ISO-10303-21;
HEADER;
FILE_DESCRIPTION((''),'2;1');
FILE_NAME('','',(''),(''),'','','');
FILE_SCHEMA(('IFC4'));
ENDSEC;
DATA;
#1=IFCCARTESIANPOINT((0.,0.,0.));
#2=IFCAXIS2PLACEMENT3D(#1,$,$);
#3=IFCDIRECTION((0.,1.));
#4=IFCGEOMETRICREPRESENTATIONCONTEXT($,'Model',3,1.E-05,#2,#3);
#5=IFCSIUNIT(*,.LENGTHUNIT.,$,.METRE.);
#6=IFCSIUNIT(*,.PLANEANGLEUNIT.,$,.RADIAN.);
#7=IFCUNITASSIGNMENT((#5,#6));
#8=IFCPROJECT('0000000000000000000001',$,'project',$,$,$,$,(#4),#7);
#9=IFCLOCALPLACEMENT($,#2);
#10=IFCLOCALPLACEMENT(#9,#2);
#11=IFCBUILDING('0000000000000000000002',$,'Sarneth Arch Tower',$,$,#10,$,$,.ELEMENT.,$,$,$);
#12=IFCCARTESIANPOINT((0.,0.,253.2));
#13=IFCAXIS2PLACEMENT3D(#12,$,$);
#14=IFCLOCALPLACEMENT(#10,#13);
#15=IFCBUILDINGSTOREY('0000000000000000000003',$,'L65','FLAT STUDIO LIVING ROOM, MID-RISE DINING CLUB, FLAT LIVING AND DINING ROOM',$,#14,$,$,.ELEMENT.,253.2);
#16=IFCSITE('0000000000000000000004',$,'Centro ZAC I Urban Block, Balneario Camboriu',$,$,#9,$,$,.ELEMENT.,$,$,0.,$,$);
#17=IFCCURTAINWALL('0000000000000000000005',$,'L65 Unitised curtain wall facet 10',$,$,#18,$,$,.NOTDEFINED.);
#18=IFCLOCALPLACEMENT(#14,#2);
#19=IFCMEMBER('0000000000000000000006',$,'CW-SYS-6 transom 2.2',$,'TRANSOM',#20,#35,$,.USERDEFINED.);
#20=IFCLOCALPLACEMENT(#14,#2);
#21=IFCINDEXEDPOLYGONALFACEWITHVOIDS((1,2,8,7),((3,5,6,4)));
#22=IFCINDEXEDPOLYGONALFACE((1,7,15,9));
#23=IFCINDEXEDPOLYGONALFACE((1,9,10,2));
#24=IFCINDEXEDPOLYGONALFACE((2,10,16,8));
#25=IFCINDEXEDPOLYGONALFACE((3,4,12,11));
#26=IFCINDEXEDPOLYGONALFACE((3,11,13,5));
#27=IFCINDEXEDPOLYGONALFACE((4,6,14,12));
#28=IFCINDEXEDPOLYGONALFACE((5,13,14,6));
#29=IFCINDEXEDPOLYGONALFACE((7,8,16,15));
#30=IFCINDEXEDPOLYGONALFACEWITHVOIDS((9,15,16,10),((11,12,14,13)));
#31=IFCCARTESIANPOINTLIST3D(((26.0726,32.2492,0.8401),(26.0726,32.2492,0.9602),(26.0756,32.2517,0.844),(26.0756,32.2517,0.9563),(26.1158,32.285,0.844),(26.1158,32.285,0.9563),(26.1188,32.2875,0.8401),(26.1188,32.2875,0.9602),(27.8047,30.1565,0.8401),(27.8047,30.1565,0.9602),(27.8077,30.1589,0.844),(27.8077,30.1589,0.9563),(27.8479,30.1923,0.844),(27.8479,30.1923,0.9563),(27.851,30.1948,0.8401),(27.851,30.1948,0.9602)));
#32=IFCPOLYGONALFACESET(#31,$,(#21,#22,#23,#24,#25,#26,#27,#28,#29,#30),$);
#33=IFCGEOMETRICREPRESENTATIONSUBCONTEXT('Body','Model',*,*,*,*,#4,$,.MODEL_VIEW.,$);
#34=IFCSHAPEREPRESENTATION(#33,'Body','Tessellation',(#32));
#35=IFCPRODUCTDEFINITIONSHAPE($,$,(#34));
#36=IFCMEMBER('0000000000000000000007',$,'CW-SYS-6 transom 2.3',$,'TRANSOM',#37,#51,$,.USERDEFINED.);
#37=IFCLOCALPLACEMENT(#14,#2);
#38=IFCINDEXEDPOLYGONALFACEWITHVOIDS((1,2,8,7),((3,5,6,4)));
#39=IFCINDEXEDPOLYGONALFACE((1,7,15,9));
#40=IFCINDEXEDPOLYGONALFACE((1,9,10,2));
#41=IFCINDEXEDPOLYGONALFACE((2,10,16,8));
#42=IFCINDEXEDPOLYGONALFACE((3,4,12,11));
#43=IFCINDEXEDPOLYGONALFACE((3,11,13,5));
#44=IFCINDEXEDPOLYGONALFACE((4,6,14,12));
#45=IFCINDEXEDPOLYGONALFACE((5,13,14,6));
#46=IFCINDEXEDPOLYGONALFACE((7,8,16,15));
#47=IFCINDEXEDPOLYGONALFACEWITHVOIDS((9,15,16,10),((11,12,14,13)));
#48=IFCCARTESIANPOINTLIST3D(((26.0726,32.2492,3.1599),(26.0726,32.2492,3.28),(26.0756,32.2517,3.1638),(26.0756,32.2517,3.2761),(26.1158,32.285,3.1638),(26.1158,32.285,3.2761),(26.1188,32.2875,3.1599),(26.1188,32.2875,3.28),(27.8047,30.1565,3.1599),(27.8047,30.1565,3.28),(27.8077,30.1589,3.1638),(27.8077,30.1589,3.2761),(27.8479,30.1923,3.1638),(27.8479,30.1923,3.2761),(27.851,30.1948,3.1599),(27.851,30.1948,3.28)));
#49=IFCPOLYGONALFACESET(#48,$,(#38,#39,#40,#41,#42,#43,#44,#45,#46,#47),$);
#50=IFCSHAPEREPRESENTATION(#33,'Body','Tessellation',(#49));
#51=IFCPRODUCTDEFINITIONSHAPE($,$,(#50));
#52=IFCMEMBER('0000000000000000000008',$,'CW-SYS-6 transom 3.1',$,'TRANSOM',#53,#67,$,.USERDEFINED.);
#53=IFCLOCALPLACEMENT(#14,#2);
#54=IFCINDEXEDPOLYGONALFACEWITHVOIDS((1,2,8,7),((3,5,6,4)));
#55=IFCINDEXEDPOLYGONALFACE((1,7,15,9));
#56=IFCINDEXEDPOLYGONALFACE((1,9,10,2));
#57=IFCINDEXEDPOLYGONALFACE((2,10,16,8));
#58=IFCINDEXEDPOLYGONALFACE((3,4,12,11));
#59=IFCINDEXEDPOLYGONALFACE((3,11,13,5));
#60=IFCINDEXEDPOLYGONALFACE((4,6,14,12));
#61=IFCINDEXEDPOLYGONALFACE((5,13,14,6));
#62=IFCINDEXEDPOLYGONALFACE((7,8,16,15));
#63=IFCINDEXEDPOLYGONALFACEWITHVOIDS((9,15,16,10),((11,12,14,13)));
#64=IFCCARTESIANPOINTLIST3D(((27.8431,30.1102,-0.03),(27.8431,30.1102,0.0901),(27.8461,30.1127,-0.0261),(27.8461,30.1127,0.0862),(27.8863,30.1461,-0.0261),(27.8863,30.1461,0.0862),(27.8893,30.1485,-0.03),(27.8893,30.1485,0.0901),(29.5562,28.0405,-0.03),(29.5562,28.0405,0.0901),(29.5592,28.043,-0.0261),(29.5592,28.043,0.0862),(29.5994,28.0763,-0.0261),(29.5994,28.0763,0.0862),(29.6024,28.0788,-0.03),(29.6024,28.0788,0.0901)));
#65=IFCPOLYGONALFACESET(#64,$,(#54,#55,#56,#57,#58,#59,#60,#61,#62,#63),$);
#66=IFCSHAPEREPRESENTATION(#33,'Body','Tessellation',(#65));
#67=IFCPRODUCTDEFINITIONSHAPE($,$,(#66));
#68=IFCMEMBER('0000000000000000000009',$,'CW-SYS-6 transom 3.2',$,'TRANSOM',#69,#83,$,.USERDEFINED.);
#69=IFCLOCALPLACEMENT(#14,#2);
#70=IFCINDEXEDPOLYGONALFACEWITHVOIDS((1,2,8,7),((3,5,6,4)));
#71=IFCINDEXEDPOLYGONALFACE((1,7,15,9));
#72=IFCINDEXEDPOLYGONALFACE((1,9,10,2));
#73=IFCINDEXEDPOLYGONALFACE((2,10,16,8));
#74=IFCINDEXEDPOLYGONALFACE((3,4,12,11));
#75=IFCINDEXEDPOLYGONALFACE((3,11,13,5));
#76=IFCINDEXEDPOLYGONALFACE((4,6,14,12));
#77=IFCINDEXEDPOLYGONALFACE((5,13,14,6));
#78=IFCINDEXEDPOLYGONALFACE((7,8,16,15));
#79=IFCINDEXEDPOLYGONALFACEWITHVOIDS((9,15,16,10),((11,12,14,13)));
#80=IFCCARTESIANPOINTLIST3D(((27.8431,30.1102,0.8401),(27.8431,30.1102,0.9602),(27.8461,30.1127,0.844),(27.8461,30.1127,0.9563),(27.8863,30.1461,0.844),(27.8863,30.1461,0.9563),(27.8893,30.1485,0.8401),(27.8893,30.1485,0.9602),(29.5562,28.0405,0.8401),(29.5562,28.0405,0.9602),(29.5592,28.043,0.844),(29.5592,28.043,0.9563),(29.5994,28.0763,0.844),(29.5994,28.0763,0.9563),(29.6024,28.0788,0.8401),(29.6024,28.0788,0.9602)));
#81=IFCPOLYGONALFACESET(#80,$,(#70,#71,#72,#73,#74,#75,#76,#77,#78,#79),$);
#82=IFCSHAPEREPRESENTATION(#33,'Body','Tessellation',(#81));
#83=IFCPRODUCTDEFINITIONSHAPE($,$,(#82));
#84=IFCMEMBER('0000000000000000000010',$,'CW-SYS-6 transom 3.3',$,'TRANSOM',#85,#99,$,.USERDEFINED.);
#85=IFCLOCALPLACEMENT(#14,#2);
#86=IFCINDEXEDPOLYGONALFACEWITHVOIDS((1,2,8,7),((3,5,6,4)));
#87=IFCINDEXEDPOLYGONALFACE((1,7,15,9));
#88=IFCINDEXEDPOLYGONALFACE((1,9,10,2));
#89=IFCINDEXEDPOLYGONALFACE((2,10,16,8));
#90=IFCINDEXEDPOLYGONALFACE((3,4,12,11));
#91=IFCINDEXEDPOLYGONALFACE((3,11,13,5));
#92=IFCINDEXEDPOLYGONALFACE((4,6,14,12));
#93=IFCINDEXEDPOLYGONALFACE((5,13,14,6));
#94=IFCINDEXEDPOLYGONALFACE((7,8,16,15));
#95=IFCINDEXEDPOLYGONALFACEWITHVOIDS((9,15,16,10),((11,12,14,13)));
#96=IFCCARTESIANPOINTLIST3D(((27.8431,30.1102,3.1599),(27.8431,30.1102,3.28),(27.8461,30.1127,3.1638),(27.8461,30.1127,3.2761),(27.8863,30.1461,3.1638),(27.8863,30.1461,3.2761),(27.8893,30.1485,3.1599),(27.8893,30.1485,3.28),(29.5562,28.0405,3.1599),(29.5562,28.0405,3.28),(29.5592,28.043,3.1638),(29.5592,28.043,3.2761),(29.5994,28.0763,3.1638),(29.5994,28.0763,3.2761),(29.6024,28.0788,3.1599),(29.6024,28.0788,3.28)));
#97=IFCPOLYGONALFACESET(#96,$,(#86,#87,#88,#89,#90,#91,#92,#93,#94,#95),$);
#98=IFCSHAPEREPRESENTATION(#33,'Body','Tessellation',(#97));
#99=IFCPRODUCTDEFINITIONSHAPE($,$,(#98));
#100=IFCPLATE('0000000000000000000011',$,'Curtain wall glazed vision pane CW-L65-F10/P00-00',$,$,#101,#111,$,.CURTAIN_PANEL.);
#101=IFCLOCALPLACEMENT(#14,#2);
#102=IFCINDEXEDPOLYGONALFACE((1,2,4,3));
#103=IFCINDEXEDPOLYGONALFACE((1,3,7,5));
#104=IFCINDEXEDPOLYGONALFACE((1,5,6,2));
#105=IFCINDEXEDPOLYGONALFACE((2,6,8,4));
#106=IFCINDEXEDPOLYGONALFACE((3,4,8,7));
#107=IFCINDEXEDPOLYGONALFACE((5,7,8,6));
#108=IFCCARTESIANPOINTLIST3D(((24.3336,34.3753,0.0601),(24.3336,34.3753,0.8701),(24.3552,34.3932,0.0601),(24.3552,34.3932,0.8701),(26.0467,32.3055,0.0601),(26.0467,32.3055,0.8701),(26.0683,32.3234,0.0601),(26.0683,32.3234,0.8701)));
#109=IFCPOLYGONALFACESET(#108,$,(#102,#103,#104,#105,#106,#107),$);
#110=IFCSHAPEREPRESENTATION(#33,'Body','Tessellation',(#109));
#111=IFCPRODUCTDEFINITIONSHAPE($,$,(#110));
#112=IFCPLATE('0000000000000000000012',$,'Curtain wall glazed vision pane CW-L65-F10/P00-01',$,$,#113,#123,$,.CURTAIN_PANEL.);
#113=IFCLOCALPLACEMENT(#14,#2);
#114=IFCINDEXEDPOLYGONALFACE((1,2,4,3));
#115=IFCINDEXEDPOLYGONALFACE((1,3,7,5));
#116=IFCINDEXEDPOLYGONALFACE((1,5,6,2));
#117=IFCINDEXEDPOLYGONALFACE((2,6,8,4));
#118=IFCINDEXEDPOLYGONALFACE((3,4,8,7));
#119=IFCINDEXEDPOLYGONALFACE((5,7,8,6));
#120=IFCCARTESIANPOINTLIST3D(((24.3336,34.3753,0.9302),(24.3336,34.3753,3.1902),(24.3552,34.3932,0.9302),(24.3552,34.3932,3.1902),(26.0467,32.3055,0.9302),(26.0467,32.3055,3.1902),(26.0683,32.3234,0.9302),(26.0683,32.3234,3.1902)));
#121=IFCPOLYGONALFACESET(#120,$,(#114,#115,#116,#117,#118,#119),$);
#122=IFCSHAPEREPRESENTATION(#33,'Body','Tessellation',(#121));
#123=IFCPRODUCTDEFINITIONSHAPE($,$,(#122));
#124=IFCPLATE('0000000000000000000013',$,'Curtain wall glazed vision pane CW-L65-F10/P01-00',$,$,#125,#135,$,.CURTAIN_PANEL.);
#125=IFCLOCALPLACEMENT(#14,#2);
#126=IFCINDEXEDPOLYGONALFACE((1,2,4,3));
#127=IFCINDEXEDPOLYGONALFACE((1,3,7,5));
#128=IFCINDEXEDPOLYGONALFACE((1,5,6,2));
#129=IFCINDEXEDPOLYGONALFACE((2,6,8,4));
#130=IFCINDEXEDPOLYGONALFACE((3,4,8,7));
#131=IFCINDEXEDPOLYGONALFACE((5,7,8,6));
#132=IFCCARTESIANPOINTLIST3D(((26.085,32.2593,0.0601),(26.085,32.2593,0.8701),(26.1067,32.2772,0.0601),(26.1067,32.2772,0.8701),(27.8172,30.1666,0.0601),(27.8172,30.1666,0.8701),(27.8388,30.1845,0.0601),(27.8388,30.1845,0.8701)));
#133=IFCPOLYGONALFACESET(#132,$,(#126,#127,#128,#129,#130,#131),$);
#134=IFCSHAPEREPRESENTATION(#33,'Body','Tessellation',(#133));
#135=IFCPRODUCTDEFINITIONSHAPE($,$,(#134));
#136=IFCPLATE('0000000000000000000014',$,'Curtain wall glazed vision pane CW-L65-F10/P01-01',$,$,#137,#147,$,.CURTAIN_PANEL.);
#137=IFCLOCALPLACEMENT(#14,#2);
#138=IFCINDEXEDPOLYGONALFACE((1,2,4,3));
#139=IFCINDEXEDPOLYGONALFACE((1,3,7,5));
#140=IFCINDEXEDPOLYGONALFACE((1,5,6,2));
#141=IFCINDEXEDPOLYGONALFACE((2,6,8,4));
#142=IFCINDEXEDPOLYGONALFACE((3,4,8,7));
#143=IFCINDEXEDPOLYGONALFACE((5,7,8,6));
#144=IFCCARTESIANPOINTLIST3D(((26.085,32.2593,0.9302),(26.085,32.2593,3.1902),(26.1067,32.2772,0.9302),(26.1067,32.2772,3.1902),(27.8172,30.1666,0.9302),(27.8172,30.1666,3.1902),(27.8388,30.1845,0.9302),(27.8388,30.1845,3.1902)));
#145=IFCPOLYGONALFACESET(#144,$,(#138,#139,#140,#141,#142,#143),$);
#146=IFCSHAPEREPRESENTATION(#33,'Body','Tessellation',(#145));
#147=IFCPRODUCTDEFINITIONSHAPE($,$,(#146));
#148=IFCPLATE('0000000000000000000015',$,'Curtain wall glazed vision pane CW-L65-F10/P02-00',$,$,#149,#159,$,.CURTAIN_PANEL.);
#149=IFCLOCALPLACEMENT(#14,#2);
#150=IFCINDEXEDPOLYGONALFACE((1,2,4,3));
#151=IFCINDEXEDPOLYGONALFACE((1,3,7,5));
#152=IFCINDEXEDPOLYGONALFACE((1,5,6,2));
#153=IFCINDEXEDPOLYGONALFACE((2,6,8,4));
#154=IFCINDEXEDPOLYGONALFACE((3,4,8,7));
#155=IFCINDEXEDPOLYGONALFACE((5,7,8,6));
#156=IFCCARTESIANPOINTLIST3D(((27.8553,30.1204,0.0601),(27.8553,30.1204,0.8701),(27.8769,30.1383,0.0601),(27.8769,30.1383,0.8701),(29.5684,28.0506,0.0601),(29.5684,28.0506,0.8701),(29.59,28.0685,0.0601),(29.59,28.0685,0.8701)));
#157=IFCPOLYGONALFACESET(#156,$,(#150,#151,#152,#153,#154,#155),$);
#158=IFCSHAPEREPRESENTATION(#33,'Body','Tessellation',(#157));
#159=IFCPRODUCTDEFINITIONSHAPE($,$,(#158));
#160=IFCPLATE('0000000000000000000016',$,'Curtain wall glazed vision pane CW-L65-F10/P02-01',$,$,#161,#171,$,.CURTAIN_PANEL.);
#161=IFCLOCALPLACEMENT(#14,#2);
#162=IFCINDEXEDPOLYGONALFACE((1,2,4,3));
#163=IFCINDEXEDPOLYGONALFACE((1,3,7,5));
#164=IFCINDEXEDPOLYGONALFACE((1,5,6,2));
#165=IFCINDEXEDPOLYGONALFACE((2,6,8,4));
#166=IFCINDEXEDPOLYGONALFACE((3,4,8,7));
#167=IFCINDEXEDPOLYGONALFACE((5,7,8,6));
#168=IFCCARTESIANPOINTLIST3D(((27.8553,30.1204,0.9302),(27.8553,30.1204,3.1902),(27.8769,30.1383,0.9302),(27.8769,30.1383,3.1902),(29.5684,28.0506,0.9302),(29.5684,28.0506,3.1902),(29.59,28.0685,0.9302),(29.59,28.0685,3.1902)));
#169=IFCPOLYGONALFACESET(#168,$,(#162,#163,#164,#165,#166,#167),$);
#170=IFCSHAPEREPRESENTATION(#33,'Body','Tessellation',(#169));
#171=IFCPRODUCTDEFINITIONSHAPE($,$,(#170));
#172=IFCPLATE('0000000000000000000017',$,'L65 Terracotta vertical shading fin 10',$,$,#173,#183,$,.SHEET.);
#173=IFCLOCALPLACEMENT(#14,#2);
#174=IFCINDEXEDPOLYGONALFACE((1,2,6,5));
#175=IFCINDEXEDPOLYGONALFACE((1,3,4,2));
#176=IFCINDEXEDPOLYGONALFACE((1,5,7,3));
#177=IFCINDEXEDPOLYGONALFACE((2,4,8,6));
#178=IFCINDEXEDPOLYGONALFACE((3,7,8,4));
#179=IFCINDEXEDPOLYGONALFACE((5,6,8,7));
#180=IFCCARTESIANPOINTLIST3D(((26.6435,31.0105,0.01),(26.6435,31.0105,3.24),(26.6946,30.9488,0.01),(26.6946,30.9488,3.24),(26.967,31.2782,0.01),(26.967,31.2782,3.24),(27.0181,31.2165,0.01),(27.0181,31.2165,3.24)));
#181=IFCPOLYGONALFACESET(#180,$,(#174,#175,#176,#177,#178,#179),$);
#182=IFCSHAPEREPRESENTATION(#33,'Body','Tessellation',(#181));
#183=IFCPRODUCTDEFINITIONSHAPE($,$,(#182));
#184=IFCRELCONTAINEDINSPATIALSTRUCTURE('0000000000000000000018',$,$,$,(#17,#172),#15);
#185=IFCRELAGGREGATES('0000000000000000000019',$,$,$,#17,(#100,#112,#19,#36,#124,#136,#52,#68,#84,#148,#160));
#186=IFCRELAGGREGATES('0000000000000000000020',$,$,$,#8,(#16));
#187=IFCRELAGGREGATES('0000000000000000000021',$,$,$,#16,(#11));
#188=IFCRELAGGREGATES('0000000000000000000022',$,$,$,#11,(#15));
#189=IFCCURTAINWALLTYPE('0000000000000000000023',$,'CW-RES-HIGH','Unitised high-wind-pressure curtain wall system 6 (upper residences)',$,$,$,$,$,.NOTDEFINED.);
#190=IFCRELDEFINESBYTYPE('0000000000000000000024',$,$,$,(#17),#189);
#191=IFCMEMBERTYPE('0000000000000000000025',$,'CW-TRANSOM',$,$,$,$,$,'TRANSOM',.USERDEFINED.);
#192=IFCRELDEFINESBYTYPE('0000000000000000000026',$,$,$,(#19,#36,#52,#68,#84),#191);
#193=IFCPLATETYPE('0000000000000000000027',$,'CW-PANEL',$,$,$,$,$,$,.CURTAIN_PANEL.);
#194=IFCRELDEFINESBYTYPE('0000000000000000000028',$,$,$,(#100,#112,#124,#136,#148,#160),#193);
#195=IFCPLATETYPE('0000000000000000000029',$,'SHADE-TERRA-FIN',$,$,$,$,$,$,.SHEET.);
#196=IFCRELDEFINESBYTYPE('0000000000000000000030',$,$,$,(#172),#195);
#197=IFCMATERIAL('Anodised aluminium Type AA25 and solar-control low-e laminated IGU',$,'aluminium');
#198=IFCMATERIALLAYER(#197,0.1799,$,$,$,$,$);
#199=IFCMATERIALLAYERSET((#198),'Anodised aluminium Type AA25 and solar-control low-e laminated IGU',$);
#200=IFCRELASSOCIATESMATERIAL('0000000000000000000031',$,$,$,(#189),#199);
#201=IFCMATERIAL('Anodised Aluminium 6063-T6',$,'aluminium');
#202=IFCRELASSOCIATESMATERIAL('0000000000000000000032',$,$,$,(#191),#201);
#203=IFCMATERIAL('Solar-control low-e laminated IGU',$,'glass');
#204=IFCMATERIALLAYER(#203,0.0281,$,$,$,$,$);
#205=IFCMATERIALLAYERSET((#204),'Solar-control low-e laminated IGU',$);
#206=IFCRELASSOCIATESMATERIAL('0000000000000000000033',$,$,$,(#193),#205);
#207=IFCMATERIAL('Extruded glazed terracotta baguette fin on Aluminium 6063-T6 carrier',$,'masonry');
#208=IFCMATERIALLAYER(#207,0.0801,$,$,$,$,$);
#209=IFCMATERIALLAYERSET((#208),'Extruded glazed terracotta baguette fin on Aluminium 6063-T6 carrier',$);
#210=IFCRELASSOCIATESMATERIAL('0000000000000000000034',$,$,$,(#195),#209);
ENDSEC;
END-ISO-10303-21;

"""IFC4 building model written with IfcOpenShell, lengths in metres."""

from ifc_helpers import new_model, si_unit, direction, frame, origin, origin_2d, place, context, subcontext, project, spatial, rectangle, hollow_rectangle, extrude, material, layer, layer_set, material_profile, profile_set, type_object, element, aggregate, save


model = new_model("IFC4")

# Units and contexts
model_context = context("Model", 3, precision=1e-05, world=origin(), true_north=direction((0.0, 1.0)))
body_context = subcontext(model_context, "Body", "Model", "MODEL_VIEW")
ifc_project = project(units=[si_unit("LENGTHUNIT", "METRE"), si_unit("PLANEANGLEUNIT", "RADIAN")], contexts=[model_context])

# Site, building, storey
site_placement = place(None, origin())
site = spatial("IfcSite", under=ifc_project, at=site_placement, Name="Centro ZAC I Urban Block, Balneario Camboriu", CompositionType="ELEMENT", RefElevation=0.0)
building_placement = place(site_placement, origin())
building = spatial("IfcBuilding", under=site, at=building_placement, Name="Sarneth Arch Tower", CompositionType="ELEMENT")
storey_placement = place(building_placement, frame((0.0, 0.0, 253.2)))
storey = spatial("IfcBuildingStorey", under=building, at=storey_placement, Name="L65", Description="FLAT STUDIO LIVING ROOM, MID-RISE DINING CLUB, FLAT LIVING AND DINING ROOM", CompositionType="ELEMENT", Elevation=253.2)

# Curtain wall, members, plates
ifc_material_1 = material(Name="Anodised aluminium Type AA25 and solar-control low-e laminated IGU", Category="aluminium")
ifc_layer_1 = layer(ifc_material_1, 0.1799)
ifc_layer_set_1 = layer_set([ifc_layer_1], Name="Anodised aluminium Type AA25 and solar-control low-e laminated IGU")
curtain_wall_type = type_object("IfcCurtainWallType", Name="CW-RES-HIGH", Description="Unitised high-wind-pressure curtain wall system 6 (upper residences)", PredefinedType="NOTDEFINED", material=ifc_layer_set_1)
curtain_wall_placement = place(storey_placement, origin())
curtain_wall = element("IfcCurtainWall", 1, at=curtain_wall_placement, inside=storey, type_object=curtain_wall_type, Name="L65 Unitised curtain wall facet 10", PredefinedType="NOTDEFINED")
ifc_material_2 = material(Name="Anodised Aluminium 6063-T6", Category="aluminium")
ifc_material_profile_1 = material_profile(ifc_material_2, hollow_rectangle(XDim=0.0601, YDim=0.1201, WallThickness=0.0039, at=origin_2d()), Name="AL-TRAN-120x60x4")
ifc_profile_set_1 = profile_set([ifc_material_profile_1], Name="Anodised Aluminium 6063-T6")
member_type_1 = type_object("IfcMemberType", Name="CW-TRANSOM", ElementType="TRANSOM", PredefinedType="USERDEFINED", material=ifc_profile_set_1)
member_1_placement = place(storey_placement, frame((26.0957, 32.2683, 0.9001), z_axis=(0.637617, -0.770353, 0.0), x_axis=(0.770353, 0.637617, 0.0)))
member_1 = element("IfcMember", 2, at=member_1_placement, type_object=member_type_1, Name="CW-SYS-6 transom 2.2", ObjectType="TRANSOM", PredefinedType="USERDEFINED", context=body_context, shape_type="SweptSolid", body=[
    extrude(hollow_rectangle(XDim=0.0601, YDim=0.1201, WallThickness=0.0039, at=origin_2d()), origin(), (0.0, 0.0, 1.0), 2.7166),
])
member_2_placement = place(storey_placement, frame((26.0957, 32.2683, 3.22), z_axis=(0.637617, -0.770353, 0.0), x_axis=(0.770353, 0.637617, 0.0)))
member_2 = element("IfcMember", 3, at=member_2_placement, type_object=member_type_1, Name="CW-SYS-6 transom 2.3", ObjectType="TRANSOM", PredefinedType="USERDEFINED", context=body_context, shape_type="SweptSolid", body=[
    extrude(hollow_rectangle(XDim=0.0601, YDim=0.1201, WallThickness=0.0039, at=origin_2d()), origin(), (0.0, 0.0, 1.0), 2.7166),
])
member_3_placement = place(storey_placement, frame((27.8662, 30.1294, 0.03), z_axis=(0.637607, -0.770362, 0.0), x_axis=(0.770362, 0.637607, 0.0)))
member_3 = element("IfcMember", 4, at=member_3_placement, type_object=member_type_1, Name="CW-SYS-6 transom 3.1", ObjectType="TRANSOM", PredefinedType="USERDEFINED", context=body_context, shape_type="SweptSolid", body=[
    extrude(hollow_rectangle(XDim=0.0601, YDim=0.1201, WallThickness=0.0039, at=origin_2d()), origin(), (0.0, 0.0, 1.0), 2.6868),
])
member_4_placement = place(storey_placement, frame((27.8662, 30.1294, 0.9001), z_axis=(0.637607, -0.770362, 0.0), x_axis=(0.770362, 0.637607, 0.0)))
member_4 = element("IfcMember", 5, at=member_4_placement, type_object=member_type_1, Name="CW-SYS-6 transom 3.2", ObjectType="TRANSOM", PredefinedType="USERDEFINED", context=body_context, shape_type="SweptSolid", body=[
    extrude(hollow_rectangle(XDim=0.0601, YDim=0.1201, WallThickness=0.0039, at=origin_2d()), origin(), (0.0, 0.0, 1.0), 2.6868),
])
member_5_placement = place(storey_placement, frame((27.8662, 30.1294, 3.22), z_axis=(0.637607, -0.770362, 0.0), x_axis=(0.770362, 0.637607, 0.0)))
member_5 = element("IfcMember", 6, at=member_5_placement, type_object=member_type_1, Name="CW-SYS-6 transom 3.3", ObjectType="TRANSOM", PredefinedType="USERDEFINED", context=body_context, shape_type="SweptSolid", body=[
    extrude(hollow_rectangle(XDim=0.0601, YDim=0.1201, WallThickness=0.0039, at=origin_2d()), origin(), (0.0, 0.0, 1.0), 2.6868),
])
ifc_material_3 = material(Name="Solar-control low-e laminated IGU", Category="glass")
ifc_layer_2 = layer(ifc_material_3, 0.0281)
ifc_layer_set_2 = layer_set([ifc_layer_2], Name="Solar-control low-e laminated IGU")
plate_type_1 = type_object("IfcPlateType", Name="CW-PANEL", PredefinedType="CURTAIN_PANEL", material=ifc_layer_set_2)
plate_1_placement = place(storey_placement, frame((25.2009, 33.3494, 0.0601), z_axis=(0.0, 0.0, 1.0), x_axis=(0.63761, -0.770359, 0.0)))
plate_1 = element("IfcPlate", 7, at=plate_1_placement, type_object=plate_type_1, Name="Curtain wall glazed vision pane CW-L65-F10/P00-00", PredefinedType="CURTAIN_PANEL", context=body_context, shape_type="SweptSolid", body=[
    extrude(rectangle(XDim=2.6868, YDim=0.0281, at=origin_2d()), origin(), (0.0, 0.0, 1.0), 0.8101),
])
plate_2_placement = place(storey_placement, frame((25.2009, 33.3494, 0.9302), z_axis=(0.0, 0.0, 1.0), x_axis=(0.63761, -0.770359, 0.0)))
plate_2 = element("IfcPlate", 8, at=plate_2_placement, type_object=plate_type_1, Name="Curtain wall glazed vision pane CW-L65-F10/P00-01", PredefinedType="CURTAIN_PANEL", context=body_context, shape_type="SweptSolid", body=[
    extrude(rectangle(XDim=2.6868, YDim=0.0281, at=origin_2d()), origin(), (0.0, 0.0, 1.0), 2.26),
])
plate_3_placement = place(storey_placement, frame((26.9619, 31.2219, 0.0601), z_axis=(0.0, 0.0, 1.0), x_axis=(0.63761, -0.770359, 0.0)))
plate_3 = element("IfcPlate", 9, at=plate_3_placement, type_object=plate_type_1, Name="Curtain wall glazed vision pane CW-L65-F10/P01-00", PredefinedType="CURTAIN_PANEL", context=body_context, shape_type="SweptSolid", body=[
    extrude(rectangle(XDim=2.7166, YDim=0.0281, at=origin_2d()), origin(), (0.0, 0.0, 1.0), 0.8101),
])
plate_4_placement = place(storey_placement, frame((26.9619, 31.2219, 0.9302), z_axis=(0.0, 0.0, 1.0), x_axis=(0.63761, -0.770359, 0.0)))
plate_4 = element("IfcPlate", 10, at=plate_4_placement, type_object=plate_type_1, Name="Curtain wall glazed vision pane CW-L65-F10/P01-01", PredefinedType="CURTAIN_PANEL", context=body_context, shape_type="SweptSolid", body=[
    extrude(rectangle(XDim=2.7166, YDim=0.0281, at=origin_2d()), origin(), (0.0, 0.0, 1.0), 2.26),
])
plate_5_placement = place(storey_placement, frame((28.7227, 29.0945, 0.0601), z_axis=(0.0, 0.0, 1.0), x_axis=(0.63761, -0.770359, 0.0)))
plate_5 = element("IfcPlate", 11, at=plate_5_placement, type_object=plate_type_1, Name="Curtain wall glazed vision pane CW-L65-F10/P02-00", PredefinedType="CURTAIN_PANEL", context=body_context, shape_type="SweptSolid", body=[
    extrude(rectangle(XDim=2.6868, YDim=0.0281, at=origin_2d()), origin(), (0.0, 0.0, 1.0), 0.8101),
])
plate_6_placement = place(storey_placement, frame((28.7227, 29.0945, 0.9302), z_axis=(0.0, 0.0, 1.0), x_axis=(0.63761, -0.770359, 0.0)))
plate_6 = element("IfcPlate", 12, at=plate_6_placement, type_object=plate_type_1, Name="Curtain wall glazed vision pane CW-L65-F10/P02-01", PredefinedType="CURTAIN_PANEL", context=body_context, shape_type="SweptSolid", body=[
    extrude(rectangle(XDim=2.6868, YDim=0.0281, at=origin_2d()), origin(), (0.0, 0.0, 1.0), 2.26),
])
aggregate(curtain_wall, [plate_1, plate_2, member_1, member_2, plate_3, plate_4, member_3, member_4, member_5, plate_5, plate_6])

# Plate
ifc_material_4 = material(Name="Extruded glazed terracotta baguette fin on Aluminium 6063-T6 carrier", Category="masonry")
ifc_layer_3 = layer(ifc_material_4, 0.0801)
ifc_layer_set_3 = layer_set([ifc_layer_3], Name="Extruded glazed terracotta baguette fin on Aluminium 6063-T6 carrier")
plate_type_2 = type_object("IfcPlateType", Name="SHADE-TERRA-FIN", PredefinedType="SHEET", material=ifc_layer_set_3)
plate_7_placement = place(storey_placement, frame((26.8308, 31.1135, 0.01), z_axis=(0.0, 0.0, 1.0), x_axis=(-0.770402, -0.637558, 0.0)))
element("IfcPlate", 13, at=plate_7_placement, inside=storey, type_object=plate_type_2, Name="L65 Terracotta vertical shading fin 10", PredefinedType="SHEET", context=body_context, shape_type="SweptSolid", body=[
    extrude(rectangle(XDim=0.4199, YDim=0.0801, at=origin_2d()), origin(), (0.0, 0.0, 1.0), 3.23),
])

save(model, "model.ifc")
